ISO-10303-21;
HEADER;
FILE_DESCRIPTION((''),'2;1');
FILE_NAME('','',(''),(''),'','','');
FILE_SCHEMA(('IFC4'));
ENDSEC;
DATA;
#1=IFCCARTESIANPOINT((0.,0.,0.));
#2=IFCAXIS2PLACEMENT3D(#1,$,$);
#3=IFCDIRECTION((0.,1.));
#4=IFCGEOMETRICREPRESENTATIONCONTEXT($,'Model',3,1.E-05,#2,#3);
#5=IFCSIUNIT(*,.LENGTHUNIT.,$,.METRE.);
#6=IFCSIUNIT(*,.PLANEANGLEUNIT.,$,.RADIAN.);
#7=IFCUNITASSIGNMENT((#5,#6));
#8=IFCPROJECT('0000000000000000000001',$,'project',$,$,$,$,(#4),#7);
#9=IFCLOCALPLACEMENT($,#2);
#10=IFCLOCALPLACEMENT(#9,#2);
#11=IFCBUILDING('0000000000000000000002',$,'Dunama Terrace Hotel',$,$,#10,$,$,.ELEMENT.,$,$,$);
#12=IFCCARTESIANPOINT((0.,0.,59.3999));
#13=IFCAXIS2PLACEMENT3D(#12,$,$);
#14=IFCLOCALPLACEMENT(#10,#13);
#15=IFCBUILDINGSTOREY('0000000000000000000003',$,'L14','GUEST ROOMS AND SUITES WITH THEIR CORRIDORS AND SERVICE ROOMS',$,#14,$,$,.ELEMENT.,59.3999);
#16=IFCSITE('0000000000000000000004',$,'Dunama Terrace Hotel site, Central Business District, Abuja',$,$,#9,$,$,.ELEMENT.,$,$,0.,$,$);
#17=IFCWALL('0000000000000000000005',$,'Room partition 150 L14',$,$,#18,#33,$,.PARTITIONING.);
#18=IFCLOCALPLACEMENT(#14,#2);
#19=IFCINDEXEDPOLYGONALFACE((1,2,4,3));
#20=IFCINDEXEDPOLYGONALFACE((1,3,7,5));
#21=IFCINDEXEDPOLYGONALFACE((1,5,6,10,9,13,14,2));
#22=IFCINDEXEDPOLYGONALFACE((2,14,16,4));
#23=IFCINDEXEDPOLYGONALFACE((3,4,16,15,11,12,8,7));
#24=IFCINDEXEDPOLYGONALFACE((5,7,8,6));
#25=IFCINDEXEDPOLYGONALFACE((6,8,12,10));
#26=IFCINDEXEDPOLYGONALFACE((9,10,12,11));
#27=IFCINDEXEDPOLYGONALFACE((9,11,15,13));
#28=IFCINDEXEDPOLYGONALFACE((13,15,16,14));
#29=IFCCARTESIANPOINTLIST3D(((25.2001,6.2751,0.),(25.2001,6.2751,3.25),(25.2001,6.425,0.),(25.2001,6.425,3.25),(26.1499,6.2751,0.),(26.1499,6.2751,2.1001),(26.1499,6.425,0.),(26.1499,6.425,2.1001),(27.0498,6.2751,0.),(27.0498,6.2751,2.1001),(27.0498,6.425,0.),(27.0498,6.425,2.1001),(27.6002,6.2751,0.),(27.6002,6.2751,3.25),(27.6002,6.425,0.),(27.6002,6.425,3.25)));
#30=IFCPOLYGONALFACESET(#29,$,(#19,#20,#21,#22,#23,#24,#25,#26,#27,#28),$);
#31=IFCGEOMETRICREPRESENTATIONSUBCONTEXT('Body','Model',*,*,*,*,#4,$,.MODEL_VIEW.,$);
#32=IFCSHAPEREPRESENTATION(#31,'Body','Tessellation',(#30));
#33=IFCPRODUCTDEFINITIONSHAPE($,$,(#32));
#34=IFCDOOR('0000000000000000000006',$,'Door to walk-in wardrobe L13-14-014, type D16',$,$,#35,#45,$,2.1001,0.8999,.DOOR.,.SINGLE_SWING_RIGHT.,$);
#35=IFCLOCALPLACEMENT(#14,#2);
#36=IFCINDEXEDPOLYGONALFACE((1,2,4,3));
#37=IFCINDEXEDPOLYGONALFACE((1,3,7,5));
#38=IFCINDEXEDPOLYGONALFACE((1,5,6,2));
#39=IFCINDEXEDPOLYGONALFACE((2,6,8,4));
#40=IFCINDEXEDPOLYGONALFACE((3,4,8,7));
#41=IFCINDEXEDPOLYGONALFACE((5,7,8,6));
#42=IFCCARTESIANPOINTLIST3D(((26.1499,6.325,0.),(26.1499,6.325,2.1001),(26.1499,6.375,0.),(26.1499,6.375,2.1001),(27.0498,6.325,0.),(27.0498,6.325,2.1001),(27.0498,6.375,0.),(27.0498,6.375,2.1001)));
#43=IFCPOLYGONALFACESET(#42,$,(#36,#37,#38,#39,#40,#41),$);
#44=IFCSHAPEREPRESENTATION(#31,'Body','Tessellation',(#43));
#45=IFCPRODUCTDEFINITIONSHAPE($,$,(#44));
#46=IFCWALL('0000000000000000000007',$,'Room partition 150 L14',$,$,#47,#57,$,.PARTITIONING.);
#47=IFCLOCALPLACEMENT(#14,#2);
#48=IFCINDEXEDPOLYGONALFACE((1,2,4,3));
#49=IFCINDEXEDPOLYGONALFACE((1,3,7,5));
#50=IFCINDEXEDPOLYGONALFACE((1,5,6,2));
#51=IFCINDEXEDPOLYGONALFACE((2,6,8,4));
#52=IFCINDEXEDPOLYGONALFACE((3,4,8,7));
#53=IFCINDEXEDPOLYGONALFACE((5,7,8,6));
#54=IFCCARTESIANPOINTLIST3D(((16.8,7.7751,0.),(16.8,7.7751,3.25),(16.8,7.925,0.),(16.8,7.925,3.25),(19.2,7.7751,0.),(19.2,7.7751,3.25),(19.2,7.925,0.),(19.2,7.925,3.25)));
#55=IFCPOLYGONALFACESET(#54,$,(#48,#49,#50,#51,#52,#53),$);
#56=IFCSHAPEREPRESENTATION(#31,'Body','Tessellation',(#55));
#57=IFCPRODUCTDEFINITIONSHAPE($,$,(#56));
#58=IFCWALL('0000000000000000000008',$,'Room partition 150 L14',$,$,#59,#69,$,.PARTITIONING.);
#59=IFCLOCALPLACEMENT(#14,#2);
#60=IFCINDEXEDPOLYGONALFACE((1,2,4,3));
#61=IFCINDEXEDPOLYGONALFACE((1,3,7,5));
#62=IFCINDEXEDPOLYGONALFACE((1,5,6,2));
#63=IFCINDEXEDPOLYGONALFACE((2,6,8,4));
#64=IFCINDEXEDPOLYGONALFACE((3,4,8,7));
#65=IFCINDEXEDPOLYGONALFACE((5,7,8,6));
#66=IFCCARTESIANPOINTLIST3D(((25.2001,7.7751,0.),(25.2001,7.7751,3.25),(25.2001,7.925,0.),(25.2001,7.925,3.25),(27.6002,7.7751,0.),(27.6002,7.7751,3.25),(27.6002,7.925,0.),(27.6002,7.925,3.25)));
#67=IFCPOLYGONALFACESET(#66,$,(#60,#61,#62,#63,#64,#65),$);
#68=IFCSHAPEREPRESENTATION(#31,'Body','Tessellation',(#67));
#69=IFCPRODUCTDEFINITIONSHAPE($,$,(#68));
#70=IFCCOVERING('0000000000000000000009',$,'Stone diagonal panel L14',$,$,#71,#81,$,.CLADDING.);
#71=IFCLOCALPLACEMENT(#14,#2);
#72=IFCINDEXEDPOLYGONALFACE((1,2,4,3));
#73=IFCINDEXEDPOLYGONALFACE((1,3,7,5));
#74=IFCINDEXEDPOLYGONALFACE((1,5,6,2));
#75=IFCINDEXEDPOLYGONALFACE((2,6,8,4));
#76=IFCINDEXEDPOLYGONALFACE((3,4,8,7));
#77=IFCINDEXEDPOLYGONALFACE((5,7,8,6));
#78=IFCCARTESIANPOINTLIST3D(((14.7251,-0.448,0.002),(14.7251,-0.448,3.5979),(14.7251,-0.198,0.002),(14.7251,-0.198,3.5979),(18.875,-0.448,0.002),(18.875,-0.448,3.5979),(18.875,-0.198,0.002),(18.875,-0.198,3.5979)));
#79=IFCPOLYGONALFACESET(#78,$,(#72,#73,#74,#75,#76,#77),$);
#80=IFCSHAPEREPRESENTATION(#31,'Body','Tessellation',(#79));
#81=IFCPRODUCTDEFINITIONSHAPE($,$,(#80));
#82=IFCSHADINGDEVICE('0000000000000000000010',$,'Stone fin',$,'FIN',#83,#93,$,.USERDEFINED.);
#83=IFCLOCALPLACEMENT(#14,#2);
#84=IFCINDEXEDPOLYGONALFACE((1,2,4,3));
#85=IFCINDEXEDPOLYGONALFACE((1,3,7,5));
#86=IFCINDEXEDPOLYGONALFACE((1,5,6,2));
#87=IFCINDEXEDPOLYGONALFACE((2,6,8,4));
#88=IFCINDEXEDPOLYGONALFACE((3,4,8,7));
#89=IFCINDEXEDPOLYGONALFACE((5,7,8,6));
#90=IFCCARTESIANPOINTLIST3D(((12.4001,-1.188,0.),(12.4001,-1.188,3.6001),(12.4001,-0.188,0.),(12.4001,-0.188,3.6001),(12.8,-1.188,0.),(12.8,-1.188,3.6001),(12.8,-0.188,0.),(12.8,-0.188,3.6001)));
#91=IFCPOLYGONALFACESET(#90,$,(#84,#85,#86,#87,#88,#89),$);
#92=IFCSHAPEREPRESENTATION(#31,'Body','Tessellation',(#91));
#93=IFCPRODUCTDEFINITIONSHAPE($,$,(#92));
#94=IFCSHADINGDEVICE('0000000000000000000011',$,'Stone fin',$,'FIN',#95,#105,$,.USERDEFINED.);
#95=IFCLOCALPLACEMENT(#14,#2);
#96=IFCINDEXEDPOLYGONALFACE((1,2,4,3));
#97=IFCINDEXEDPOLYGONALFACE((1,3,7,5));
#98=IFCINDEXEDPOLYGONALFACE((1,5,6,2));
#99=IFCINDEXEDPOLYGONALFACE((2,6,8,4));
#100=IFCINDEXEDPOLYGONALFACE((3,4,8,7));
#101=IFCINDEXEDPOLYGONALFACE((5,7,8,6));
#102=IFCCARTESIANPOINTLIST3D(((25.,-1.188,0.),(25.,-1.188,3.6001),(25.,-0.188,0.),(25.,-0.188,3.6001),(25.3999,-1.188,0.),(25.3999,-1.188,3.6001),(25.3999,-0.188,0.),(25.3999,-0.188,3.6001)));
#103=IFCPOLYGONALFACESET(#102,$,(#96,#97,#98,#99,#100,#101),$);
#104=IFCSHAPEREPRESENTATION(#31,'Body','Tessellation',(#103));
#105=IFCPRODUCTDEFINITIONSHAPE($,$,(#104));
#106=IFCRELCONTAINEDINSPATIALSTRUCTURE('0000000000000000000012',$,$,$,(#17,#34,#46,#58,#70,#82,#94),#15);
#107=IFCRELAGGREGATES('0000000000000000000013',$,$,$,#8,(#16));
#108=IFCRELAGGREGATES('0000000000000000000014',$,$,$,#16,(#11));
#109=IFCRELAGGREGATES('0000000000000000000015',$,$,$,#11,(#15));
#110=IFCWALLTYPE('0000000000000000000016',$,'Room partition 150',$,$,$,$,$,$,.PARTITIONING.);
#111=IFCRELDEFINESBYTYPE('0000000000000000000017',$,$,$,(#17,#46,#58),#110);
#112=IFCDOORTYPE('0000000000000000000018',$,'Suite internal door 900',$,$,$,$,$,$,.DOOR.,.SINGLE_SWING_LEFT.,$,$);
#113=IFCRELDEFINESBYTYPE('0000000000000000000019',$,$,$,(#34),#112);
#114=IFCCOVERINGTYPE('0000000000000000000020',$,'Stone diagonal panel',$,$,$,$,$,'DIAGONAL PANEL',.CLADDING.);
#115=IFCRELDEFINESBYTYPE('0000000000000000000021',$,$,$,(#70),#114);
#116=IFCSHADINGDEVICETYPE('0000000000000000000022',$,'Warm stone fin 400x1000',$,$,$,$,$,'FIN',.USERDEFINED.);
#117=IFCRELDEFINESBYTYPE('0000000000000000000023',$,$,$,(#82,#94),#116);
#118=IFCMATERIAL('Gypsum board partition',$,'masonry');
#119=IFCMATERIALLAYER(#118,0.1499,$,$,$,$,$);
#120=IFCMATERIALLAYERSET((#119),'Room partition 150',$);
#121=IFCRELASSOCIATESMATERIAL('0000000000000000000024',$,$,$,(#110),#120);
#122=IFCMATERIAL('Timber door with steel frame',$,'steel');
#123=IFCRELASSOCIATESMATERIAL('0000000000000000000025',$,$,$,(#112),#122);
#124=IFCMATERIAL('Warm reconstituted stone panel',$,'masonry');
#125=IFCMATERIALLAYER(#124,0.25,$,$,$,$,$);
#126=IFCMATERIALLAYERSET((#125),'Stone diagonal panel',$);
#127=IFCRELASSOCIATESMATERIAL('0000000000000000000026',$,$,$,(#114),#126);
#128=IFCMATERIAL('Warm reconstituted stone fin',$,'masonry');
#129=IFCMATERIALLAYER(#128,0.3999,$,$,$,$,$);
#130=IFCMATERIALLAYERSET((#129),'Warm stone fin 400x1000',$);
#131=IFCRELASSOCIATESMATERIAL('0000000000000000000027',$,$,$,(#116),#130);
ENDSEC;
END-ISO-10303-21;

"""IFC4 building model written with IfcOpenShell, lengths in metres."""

from ifc_helpers import new_model, si_unit, direction, frame, frame_2d, origin, origin_2d, place, context, subcontext, project, spatial, rectangle, extrude, material, layer, layer_set, type_object, element, fill, save


model = new_model("IFC4")

# Units and contexts
model_context = context("Model", 3, precision=1e-05, world=origin(), true_north=direction((0.0, 1.0)))
body_context = subcontext(model_context, "Body", "Model", "MODEL_VIEW")
ifc_project = project(units=[si_unit("LENGTHUNIT", "METRE"), si_unit("PLANEANGLEUNIT", "RADIAN")], contexts=[model_context])

# Site, building, storey
site_placement = place(None, origin())
site = spatial("IfcSite", under=ifc_project, at=site_placement, Name="Dunama Terrace Hotel site, Central Business District, Abuja", CompositionType="ELEMENT", RefElevation=0.0)
building_placement = place(site_placement, origin())
building = spatial("IfcBuilding", under=site, at=building_placement, Name="Dunama Terrace Hotel", CompositionType="ELEMENT")
storey_placement = place(building_placement, frame((0.0, 0.0, 59.3999)))
storey = spatial("IfcBuildingStorey", under=building, at=storey_placement, Name="L14", Description="GUEST ROOMS AND SUITES WITH THEIR CORRIDORS AND SERVICE ROOMS", CompositionType="ELEMENT", Elevation=59.3999)

# Shared definitions
ifc_material_1 = material(Name="Gypsum board partition", Category="masonry")
ifc_layer_1 = layer(ifc_material_1, 0.1499)
ifc_layer_set_1 = layer_set([ifc_layer_1], Name="Room partition 150")
wall_type_1 = type_object("IfcWallType", Name="Room partition 150", PredefinedType="PARTITIONING", material=ifc_layer_set_1)

# Wall, opening, door
ifc_material_2 = material(Name="Timber door with steel frame", Category="steel")
door_type_1 = type_object("IfcDoorType", Name="Suite internal door 900", OperationType="SINGLE_SWING_LEFT", PredefinedType="DOOR", material=ifc_material_2)
wall_1_placement = place(storey_placement, frame((25.2, 6.3501, 0.0), z_axis=(0.0, 0.0, 1.0), x_axis=(1.0, 0.0, 0.0)))
wall_1 = element("IfcWall", 1, at=wall_1_placement, inside=storey, type_object=wall_type_1, Name="Room partition 150 L14", PredefinedType="PARTITIONING", context=body_context, shape_type="SweptSolid", body=[
    extrude(rectangle(XDim=2.4001, YDim=0.1499, at=frame_2d((1.2002, 0.0))), origin(), (0.0, 0.0, 1.0), 3.25),
])
opening_1_placement = place(wall_1_placement, frame((0.95, 0.0, 0.0)))
opening_1 = element("IfcOpeningElement", 2, at=opening_1_placement, cuts=wall_1, PredefinedType="OPENING", context=body_context, shape_type="SweptSolid", body=[
    extrude(rectangle(XDim=0.8999, YDim=2.1001, at=frame_2d((0.45, 1.05))), frame((0.0, 0.085, 0.0), z_axis=(0.0, -1.0, 0.0), x_axis=(1.0, 0.0, 0.0)), (0.0, 0.0, 1.0), 0.1699),
])
door_1_placement = place(opening_1_placement, origin())
door_1 = element("IfcDoor", 3, at=door_1_placement, inside=storey, type_object=door_type_1, Name="Door to walk-in wardrobe L13-14-014, type D16", OperationType="SINGLE_SWING_RIGHT", OverallHeight=2.1001, OverallWidth=0.8999, PredefinedType="DOOR", context=body_context, shape_type="SweptSolid", body=[
    extrude(rectangle(XDim=0.8999, YDim=2.1001, at=frame_2d((0.45, 1.05))), frame((0.0, 0.0249, 0.0), z_axis=(0.0, -1.0, 0.0), x_axis=(1.0, 0.0, 0.0)), (0.0, 0.0, 1.0), 0.05),
])
fill(opening_1, door_1)

# Walls
wall_2_placement = place(storey_placement, frame((16.8, 7.8501, 0.0), z_axis=(0.0, 0.0, 1.0), x_axis=(1.0, 0.0, 0.0)))
element("IfcWall", 4, at=wall_2_placement, inside=storey, type_object=wall_type_1, Name="Room partition 150 L14", PredefinedType="PARTITIONING", context=body_context, shape_type="SweptSolid", body=[
    extrude(rectangle(XDim=2.3999, YDim=0.1499, at=frame_2d((1.2, 0.0))), origin(), (0.0, 0.0, 1.0), 3.25),
])
wall_3_placement = place(storey_placement, frame((25.2, 7.8501, 0.0), z_axis=(0.0, 0.0, 1.0), x_axis=(1.0, 0.0, 0.0)))
element("IfcWall", 5, at=wall_3_placement, inside=storey, type_object=wall_type_1, Name="Room partition 150 L14", PredefinedType="PARTITIONING", context=body_context, shape_type="SweptSolid", body=[
    extrude(rectangle(XDim=2.4001, YDim=0.1499, at=frame_2d((1.2002, 0.0))), origin(), (0.0, 0.0, 1.0), 3.25),
])

# Covering
ifc_material_3 = material(Name="Warm reconstituted stone panel", Category="masonry")
ifc_layer_2 = layer(ifc_material_3, 0.25)
ifc_layer_set_2 = layer_set([ifc_layer_2], Name="Stone diagonal panel")
covering_type = type_object("IfcCoveringType", Name="Stone diagonal panel", ElementType="DIAGONAL PANEL", PredefinedType="CLADDING", material=ifc_layer_set_2)
covering_placement = place(storey_placement, frame((16.8, -0.323, 0.002), z_axis=(0.0, 0.0, 1.0), x_axis=(1.0, 0.0, 0.0)))
element("IfcCovering", 6, at=covering_placement, inside=storey, type_object=covering_type, Name="Stone diagonal panel L14", PredefinedType="CLADDING", context=body_context, shape_type="SweptSolid", body=[
    extrude(rectangle(XDim=4.1499, YDim=0.25, at=origin_2d()), origin(), (0.0, 0.0, 1.0), 3.5959),
])

# Shading devices
ifc_material_4 = material(Name="Warm reconstituted stone fin", Category="masonry")
ifc_layer_3 = layer(ifc_material_4, 0.3999)
ifc_layer_set_3 = layer_set([ifc_layer_3], Name="Warm stone fin 400x1000")
shading_device_type = type_object("IfcShadingDeviceType", Name="Warm stone fin 400x1000", ElementType="FIN", PredefinedType="USERDEFINED", material=ifc_layer_set_3)
for number, where, z_axis, x_axis, name in (
    (7, (12.6001, -0.688, 0.0), (0.0, 0.0, 1.0), (1.0, 0.0, 0.0), "Stone fin"),
    (8, (25.2, -0.688, 0.0), (0.0, 0.0, 1.0), (1.0, 0.0, 0.0), "Stone fin"),
):
    element("IfcShadingDevice", number, at=place(storey_placement, frame(where, z_axis=z_axis, x_axis=x_axis)), inside=storey, type_object=shading_device_type, Name=name, ObjectType="FIN", PredefinedType="USERDEFINED", context=body_context, shape_type="SweptSolid", body=[
        extrude(rectangle(XDim=0.3999, YDim=1.0, at=origin_2d()), origin(), (0.0, 0.0, 1.0), 3.6001),
    ])

save(model, "model.ifc")
